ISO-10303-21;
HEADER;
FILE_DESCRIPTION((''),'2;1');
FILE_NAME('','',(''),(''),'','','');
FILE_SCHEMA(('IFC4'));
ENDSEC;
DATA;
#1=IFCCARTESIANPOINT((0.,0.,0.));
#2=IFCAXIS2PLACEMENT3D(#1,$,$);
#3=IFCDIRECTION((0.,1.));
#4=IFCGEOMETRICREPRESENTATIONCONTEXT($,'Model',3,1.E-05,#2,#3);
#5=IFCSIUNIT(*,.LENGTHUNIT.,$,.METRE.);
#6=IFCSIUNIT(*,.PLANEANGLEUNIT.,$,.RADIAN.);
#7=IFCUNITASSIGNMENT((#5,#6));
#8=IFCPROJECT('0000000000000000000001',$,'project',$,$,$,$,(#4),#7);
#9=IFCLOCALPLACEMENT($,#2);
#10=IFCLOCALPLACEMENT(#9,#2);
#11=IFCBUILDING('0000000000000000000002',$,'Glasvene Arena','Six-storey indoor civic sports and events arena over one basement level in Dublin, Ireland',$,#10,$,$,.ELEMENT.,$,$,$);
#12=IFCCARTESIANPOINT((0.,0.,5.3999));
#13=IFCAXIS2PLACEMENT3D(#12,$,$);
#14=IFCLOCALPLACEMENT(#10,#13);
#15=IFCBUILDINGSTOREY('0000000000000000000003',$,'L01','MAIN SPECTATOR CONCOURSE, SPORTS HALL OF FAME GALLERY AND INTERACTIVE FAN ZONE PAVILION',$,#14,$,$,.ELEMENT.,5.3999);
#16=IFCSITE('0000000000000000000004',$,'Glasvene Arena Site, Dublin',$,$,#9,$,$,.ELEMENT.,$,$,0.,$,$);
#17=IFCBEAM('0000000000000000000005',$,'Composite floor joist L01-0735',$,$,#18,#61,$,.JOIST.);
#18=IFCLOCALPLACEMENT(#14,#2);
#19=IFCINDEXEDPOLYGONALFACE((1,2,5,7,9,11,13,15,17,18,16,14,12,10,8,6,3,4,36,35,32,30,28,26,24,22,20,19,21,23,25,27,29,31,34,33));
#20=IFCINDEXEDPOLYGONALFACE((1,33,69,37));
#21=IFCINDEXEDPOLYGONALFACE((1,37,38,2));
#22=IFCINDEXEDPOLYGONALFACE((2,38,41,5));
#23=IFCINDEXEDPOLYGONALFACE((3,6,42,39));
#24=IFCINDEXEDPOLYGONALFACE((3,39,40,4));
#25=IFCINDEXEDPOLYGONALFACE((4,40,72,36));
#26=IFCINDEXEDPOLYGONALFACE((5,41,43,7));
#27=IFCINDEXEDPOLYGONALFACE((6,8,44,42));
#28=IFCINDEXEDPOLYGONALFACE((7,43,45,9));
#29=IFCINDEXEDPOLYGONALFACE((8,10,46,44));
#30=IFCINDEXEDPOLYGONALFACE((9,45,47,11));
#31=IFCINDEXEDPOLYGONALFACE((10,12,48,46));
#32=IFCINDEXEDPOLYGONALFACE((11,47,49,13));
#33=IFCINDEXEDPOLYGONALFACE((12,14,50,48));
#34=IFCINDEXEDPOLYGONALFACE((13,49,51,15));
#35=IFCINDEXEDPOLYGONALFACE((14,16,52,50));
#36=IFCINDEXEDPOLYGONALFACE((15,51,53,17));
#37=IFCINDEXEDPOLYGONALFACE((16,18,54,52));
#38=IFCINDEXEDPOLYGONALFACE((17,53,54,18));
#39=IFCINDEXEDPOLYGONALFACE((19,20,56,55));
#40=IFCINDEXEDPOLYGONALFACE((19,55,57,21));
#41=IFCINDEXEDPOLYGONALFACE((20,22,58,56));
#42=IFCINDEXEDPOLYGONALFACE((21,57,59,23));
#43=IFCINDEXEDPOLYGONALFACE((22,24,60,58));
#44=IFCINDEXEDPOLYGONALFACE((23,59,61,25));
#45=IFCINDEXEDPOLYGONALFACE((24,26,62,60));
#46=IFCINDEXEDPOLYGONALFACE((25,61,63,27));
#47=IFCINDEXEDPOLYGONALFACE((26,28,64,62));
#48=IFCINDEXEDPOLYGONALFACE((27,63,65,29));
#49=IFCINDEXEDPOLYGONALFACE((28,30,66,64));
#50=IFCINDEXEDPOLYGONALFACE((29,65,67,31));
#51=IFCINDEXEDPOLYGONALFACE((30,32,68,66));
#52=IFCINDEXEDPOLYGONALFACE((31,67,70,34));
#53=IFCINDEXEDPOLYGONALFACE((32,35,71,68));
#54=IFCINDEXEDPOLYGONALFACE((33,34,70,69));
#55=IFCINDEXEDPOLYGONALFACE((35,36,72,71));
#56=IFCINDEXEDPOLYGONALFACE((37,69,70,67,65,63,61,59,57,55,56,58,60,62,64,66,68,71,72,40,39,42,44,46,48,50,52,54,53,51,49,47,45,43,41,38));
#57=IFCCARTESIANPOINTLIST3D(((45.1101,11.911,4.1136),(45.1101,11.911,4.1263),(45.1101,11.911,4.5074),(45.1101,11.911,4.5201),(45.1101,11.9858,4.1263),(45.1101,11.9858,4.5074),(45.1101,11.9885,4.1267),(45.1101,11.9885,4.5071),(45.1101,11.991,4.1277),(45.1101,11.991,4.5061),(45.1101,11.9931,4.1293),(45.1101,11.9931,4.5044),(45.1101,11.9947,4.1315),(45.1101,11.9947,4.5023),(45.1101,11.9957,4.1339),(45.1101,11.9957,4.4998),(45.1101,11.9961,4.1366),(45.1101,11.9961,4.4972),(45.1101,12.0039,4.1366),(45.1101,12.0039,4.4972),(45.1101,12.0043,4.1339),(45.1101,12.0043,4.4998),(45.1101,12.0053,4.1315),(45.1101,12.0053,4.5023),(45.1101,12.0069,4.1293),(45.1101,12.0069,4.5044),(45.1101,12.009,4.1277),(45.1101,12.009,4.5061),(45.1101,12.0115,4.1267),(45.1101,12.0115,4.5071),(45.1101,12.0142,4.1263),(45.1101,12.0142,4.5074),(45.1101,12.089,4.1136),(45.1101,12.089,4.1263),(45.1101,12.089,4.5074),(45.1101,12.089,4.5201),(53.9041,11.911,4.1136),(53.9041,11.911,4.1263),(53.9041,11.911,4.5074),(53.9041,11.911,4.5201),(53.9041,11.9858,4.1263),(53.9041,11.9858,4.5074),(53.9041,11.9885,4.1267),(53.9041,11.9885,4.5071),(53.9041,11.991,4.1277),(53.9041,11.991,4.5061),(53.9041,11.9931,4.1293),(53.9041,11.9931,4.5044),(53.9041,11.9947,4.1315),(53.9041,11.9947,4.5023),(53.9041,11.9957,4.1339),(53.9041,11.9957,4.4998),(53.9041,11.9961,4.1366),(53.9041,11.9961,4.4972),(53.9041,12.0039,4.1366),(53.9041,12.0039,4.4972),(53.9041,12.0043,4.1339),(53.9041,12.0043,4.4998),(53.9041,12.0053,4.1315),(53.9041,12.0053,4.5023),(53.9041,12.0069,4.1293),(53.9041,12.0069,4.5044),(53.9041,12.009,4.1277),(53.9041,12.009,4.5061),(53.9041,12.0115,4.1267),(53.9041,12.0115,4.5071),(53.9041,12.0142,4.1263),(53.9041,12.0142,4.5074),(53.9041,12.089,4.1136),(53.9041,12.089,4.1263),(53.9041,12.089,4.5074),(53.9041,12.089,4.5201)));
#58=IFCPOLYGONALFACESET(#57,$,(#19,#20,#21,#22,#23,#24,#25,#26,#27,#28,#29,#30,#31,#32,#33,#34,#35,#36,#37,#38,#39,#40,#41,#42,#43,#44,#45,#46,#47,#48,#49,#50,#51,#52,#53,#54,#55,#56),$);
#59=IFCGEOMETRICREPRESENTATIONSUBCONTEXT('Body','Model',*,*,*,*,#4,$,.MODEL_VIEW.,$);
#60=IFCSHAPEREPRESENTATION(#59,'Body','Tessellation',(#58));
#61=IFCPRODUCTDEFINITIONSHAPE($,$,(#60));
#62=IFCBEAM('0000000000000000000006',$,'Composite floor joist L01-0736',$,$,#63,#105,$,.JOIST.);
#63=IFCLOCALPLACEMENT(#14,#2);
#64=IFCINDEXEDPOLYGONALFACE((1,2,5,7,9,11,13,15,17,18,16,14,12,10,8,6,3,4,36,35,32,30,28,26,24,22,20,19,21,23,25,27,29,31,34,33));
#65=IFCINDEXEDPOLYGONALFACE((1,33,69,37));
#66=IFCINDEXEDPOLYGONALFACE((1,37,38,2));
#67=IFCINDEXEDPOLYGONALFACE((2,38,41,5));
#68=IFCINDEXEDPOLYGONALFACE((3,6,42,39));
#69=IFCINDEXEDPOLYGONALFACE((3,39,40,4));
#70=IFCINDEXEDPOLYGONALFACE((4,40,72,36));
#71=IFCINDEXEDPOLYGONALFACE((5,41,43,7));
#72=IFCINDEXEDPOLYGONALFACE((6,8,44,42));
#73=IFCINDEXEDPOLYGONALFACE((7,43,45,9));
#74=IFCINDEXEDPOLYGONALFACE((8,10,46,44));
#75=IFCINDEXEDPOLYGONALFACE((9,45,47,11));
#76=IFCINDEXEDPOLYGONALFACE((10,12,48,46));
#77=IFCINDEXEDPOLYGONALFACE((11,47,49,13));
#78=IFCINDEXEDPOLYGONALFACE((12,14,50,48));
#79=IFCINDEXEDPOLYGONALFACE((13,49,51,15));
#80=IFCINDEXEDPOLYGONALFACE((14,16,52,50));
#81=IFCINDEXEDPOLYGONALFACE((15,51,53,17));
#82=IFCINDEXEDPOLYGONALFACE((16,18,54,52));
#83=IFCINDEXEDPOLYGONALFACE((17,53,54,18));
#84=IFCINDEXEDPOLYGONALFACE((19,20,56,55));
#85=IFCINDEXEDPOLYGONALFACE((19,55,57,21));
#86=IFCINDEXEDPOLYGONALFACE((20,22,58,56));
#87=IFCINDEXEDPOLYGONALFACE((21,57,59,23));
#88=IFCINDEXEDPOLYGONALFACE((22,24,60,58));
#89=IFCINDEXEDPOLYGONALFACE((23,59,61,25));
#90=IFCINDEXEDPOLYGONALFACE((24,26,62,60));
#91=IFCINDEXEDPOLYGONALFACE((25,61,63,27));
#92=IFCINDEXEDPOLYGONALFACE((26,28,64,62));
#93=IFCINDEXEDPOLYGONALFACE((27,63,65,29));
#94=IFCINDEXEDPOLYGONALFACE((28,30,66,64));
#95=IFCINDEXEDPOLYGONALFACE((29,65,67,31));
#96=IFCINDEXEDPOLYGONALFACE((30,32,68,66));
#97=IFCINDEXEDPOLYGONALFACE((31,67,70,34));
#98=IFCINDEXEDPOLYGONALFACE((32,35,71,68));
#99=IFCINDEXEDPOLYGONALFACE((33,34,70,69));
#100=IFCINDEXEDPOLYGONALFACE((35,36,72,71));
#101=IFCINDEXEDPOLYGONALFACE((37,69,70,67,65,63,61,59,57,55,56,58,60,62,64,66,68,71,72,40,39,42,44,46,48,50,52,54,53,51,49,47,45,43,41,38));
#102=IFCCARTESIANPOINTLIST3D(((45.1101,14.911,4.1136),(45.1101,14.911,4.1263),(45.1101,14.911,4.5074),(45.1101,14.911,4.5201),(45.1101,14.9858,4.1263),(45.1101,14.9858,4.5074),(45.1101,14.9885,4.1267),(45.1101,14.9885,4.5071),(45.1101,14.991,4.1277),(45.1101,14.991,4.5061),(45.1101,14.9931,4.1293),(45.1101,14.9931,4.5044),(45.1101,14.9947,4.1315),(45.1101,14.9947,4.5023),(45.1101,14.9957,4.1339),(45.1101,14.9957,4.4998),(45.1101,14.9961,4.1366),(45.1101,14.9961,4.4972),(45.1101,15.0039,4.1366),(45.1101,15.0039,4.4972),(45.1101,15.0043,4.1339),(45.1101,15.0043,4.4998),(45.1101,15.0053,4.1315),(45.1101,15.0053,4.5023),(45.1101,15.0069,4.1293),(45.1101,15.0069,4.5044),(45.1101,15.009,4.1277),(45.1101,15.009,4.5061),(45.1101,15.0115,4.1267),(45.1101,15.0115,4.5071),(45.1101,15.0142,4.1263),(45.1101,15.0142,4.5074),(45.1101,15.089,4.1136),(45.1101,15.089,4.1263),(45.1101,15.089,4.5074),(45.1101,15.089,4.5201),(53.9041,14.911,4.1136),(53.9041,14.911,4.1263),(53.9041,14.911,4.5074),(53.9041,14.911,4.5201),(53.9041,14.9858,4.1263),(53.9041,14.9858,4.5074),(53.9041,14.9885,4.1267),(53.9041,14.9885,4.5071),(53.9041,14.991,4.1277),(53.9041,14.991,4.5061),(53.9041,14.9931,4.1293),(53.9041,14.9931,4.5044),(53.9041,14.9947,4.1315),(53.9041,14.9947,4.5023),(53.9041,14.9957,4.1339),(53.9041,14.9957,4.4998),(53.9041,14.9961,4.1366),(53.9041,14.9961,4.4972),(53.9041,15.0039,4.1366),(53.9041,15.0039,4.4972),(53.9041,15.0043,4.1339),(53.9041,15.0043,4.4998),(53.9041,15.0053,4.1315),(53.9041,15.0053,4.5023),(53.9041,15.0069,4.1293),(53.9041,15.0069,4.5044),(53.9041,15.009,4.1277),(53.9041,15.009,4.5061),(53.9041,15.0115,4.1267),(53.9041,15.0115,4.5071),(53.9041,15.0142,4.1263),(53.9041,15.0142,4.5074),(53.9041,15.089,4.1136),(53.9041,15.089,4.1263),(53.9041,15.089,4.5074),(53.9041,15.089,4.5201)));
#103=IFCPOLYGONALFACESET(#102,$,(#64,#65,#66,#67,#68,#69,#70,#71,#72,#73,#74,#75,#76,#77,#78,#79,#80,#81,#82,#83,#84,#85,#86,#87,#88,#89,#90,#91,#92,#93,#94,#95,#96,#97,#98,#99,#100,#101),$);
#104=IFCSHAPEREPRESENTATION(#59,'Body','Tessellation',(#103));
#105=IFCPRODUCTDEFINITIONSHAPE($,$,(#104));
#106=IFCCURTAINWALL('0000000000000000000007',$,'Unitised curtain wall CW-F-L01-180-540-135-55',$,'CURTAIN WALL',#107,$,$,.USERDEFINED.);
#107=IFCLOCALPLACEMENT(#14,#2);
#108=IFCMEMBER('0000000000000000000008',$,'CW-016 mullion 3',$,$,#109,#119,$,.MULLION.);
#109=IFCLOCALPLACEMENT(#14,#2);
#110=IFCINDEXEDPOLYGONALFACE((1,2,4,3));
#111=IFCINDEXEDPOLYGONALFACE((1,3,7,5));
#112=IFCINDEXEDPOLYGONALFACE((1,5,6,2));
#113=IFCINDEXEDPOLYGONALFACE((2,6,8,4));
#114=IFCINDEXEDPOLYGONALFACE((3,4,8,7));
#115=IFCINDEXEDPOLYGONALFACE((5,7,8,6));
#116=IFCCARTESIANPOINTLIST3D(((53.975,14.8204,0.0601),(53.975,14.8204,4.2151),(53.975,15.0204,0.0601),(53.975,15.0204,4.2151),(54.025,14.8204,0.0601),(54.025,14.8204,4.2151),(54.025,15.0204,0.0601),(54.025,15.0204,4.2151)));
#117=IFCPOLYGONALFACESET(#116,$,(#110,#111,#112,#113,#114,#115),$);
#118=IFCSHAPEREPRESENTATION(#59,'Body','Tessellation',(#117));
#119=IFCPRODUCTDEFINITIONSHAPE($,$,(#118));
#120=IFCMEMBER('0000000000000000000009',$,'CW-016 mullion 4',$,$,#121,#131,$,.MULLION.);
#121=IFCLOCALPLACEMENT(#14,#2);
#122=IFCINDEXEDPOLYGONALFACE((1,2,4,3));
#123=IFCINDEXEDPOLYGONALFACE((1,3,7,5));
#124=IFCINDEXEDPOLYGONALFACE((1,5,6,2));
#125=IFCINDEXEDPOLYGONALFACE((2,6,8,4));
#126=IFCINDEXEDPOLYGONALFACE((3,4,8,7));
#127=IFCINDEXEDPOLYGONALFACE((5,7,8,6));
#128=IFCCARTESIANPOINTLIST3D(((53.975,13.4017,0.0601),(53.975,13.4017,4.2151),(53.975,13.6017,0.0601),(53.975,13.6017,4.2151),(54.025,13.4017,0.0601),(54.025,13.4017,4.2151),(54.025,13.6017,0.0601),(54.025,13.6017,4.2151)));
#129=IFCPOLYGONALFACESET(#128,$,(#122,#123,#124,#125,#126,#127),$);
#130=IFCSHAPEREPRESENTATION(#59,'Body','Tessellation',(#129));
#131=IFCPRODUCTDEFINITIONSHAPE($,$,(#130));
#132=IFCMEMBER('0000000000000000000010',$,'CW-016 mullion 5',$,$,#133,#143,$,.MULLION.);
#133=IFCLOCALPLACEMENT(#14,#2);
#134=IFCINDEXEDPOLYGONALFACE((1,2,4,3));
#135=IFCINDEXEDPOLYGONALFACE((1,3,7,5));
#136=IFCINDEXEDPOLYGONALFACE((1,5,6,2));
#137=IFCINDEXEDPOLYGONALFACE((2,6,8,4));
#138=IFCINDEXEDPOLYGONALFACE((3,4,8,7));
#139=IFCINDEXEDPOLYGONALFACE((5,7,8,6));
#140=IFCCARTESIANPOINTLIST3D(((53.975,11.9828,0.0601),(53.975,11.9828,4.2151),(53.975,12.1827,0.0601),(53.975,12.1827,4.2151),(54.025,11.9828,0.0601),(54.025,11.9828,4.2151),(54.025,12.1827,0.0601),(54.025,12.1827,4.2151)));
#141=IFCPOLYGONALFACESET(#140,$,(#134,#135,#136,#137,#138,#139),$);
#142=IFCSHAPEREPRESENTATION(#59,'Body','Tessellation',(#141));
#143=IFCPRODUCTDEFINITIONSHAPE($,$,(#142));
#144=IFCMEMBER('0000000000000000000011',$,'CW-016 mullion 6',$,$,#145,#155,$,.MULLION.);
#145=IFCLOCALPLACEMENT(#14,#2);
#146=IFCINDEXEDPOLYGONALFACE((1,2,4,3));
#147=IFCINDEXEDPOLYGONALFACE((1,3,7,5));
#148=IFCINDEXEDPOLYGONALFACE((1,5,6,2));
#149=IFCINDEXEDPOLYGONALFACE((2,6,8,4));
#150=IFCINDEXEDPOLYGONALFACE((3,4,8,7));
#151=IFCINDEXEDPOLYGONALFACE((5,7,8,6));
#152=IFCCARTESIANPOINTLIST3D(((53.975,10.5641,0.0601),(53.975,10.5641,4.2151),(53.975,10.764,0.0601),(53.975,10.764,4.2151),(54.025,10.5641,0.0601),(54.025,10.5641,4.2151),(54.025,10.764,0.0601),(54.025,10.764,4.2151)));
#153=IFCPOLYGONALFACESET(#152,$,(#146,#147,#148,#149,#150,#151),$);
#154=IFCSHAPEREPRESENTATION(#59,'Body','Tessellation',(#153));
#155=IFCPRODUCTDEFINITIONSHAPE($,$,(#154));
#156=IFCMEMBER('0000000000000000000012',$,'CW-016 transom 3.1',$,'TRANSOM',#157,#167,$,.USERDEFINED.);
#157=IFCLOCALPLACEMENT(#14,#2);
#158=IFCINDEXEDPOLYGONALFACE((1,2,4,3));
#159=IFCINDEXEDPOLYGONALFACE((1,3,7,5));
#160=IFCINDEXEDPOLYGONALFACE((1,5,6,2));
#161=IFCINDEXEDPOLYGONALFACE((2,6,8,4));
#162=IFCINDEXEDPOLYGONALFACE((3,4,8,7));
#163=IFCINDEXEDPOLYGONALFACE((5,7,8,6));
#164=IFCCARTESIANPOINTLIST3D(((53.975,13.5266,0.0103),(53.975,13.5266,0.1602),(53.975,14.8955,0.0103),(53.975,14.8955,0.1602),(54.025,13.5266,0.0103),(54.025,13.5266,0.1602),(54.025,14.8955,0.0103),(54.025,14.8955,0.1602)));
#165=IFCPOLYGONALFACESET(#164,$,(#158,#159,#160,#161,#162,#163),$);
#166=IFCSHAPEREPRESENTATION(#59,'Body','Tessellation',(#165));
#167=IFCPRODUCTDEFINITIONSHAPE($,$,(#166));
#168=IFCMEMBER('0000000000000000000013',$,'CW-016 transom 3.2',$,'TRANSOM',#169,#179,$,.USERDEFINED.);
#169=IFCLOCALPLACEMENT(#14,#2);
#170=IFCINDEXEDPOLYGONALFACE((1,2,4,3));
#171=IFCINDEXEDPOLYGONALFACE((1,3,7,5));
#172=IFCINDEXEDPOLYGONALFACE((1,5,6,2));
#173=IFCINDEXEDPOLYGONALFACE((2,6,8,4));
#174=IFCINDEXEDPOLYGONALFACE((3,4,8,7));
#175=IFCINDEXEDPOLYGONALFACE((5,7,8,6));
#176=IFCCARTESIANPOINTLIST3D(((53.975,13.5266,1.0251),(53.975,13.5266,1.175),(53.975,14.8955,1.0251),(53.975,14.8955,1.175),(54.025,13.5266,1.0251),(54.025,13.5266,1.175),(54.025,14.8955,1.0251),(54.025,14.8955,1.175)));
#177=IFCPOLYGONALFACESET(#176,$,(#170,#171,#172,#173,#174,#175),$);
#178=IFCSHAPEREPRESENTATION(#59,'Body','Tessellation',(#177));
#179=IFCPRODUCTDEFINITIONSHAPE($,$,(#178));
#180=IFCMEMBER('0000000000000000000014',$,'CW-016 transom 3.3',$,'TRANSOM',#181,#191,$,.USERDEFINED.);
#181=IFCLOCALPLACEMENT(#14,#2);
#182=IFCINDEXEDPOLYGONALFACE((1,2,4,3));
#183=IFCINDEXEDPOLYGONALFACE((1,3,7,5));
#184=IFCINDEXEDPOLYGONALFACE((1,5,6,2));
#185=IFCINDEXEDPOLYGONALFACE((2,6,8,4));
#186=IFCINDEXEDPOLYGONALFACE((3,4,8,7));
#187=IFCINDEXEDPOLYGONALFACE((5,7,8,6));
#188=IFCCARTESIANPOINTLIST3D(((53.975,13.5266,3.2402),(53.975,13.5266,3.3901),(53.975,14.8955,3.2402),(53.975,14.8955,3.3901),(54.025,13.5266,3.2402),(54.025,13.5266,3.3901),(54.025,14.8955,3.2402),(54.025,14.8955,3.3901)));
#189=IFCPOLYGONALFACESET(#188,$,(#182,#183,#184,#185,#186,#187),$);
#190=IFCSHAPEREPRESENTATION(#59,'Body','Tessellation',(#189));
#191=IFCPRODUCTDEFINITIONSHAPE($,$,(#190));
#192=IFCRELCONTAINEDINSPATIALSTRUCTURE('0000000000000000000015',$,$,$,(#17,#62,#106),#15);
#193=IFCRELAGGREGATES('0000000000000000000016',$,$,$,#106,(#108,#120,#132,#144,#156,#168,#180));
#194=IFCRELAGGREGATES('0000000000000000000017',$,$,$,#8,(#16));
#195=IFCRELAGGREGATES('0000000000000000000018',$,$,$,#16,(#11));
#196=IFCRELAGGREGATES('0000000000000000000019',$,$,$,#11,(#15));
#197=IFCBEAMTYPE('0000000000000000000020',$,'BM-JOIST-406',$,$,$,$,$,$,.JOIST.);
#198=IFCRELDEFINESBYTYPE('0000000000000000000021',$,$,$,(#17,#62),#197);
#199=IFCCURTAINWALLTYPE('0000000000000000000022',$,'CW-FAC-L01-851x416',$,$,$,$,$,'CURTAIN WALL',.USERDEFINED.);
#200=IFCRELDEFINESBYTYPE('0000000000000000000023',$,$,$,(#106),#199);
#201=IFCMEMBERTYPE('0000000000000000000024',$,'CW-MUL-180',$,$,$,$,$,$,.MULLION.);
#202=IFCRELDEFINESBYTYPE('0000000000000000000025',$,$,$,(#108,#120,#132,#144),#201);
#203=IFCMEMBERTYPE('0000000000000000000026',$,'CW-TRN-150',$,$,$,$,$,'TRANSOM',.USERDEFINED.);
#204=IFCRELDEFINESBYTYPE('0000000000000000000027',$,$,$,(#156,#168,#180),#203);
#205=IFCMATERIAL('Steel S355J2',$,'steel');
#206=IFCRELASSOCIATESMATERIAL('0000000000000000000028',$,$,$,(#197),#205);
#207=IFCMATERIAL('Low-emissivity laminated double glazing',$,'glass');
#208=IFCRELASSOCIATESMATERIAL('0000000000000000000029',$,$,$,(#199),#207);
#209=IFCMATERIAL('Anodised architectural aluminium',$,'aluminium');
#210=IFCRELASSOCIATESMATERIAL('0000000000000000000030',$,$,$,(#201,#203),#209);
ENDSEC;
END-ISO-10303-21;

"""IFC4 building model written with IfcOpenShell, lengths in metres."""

from ifc_helpers import new_model, si_unit, direction, frame, origin, origin_2d, place, context, subcontext, project, spatial, rectangle, i_section, extrude, material, material_profile, profile_set, type_object, element, aggregate, save


model = new_model("IFC4")

# Units and contexts
model_context = context("Model", 3, precision=1e-05, world=origin(), true_north=direction((0.0, 1.0)))
body_context = subcontext(model_context, "Body", "Model", "MODEL_VIEW")
ifc_project = project(units=[si_unit("LENGTHUNIT", "METRE"), si_unit("PLANEANGLEUNIT", "RADIAN")], contexts=[model_context])

# Site, building, storey
site_placement = place(None, origin())
site = spatial("IfcSite", under=ifc_project, at=site_placement, Name="Glasvene Arena Site, Dublin", CompositionType="ELEMENT", RefElevation=0.0)
building_placement = place(site_placement, origin())
building = spatial("IfcBuilding", under=site, at=building_placement, Name="Glasvene Arena", Description="Six-storey indoor civic sports and events arena over one basement level in Dublin, Ireland", CompositionType="ELEMENT")
storey_placement = place(building_placement, frame((0.0, 0.0, 5.3999)))
storey = spatial("IfcBuildingStorey", under=building, at=storey_placement, Name="L01", Description="MAIN SPECTATOR CONCOURSE, SPORTS HALL OF FAME GALLERY AND INTERACTIVE FAN ZONE PAVILION", CompositionType="ELEMENT", Elevation=5.3999)

# Beams
ifc_material_1 = material(Name="Steel S355J2", Category="steel")
ifc_material_profile_1 = material_profile(ifc_material_1, i_section(OverallWidth=0.178, OverallDepth=0.4065, WebThickness=0.0078, FlangeThickness=0.0127, FilletRadius=0.0103, at=origin_2d()), Name="UKB 406x178x60")
ifc_profile_set_1 = profile_set([ifc_material_profile_1], Name="Steel S355J2")
beam_type = type_object("IfcBeamType", Name="BM-JOIST-406", PredefinedType="JOIST", material=ifc_profile_set_1)
for number, where, z_axis, x_axis, name in (
    (1, (45.1101, 12.0, 4.3169), (1.0, 0.0, 0.0), (0.0, 1.0, 0.0), "Composite floor joist L01-0735"),
    (2, (45.1101, 15.0, 4.3169), (1.0, 0.0, 0.0), (0.0, 1.0, 0.0), "Composite floor joist L01-0736"),
):
    element("IfcBeam", number, at=place(storey_placement, frame(where, z_axis=z_axis, x_axis=x_axis)), inside=storey, type_object=beam_type, Name=name, PredefinedType="JOIST", context=body_context, shape_type="SweptSolid", body=[
        extrude(i_section(OverallWidth=0.178, OverallDepth=0.4065, WebThickness=0.0078, FlangeThickness=0.0127, FilletRadius=0.0103, at=origin_2d()), origin(), (0.0, 0.0, 1.0), 8.7939),
    ])

# Curtain wall, members
ifc_material_2 = material(Name="Low-emissivity laminated double glazing", Category="glass")
curtain_wall_type = type_object("IfcCurtainWallType", Name="CW-FAC-L01-851x416", ElementType="CURTAIN WALL", PredefinedType="USERDEFINED", material=ifc_material_2)
curtain_wall_placement = place(storey_placement, frame((54.0, 17.7581, 0.0)))
curtain_wall = element("IfcCurtainWall", 3, at=curtain_wall_placement, inside=storey, type_object=curtain_wall_type, Name="Unitised curtain wall CW-F-L01-180-540-135-55", ObjectType="CURTAIN WALL", PredefinedType="USERDEFINED")
ifc_material_3 = material(Name="Anodised architectural aluminium", Category="aluminium")
ifc_material_profile_2 = material_profile(ifc_material_3, rectangle(XDim=0.05, YDim=0.2, at=origin_2d()), Name="ALU MULLION 50x200")
ifc_profile_set_2 = profile_set([ifc_material_profile_2], Name="Anodised architectural aluminium")
member_type_1 = type_object("IfcMemberType", Name="CW-MUL-180", PredefinedType="MULLION", material=ifc_profile_set_2)
member_1_placement = place(storey_placement, frame((54.0, 14.9204, 0.0601), z_axis=(0.0, 0.0, 1.0), x_axis=(1.0, 0.0, 0.0)))
member_1 = element("IfcMember", 4, at=member_1_placement, type_object=member_type_1, Name="CW-016 mullion 3", PredefinedType="MULLION", context=body_context, shape_type="SweptSolid", body=[
    extrude(rectangle(XDim=0.05, YDim=0.2, at=origin_2d()), origin(), (0.0, 0.0, 1.0), 4.155),
])
member_2_placement = place(storey_placement, frame((54.0, 13.5017, 0.0601), z_axis=(0.0, 0.0, 1.0), x_axis=(1.0, 0.0, 0.0)))
member_2 = element("IfcMember", 5, at=member_2_placement, type_object=member_type_1, Name="CW-016 mullion 4", PredefinedType="MULLION", context=body_context, shape_type="SweptSolid", body=[
    extrude(rectangle(XDim=0.05, YDim=0.2, at=origin_2d()), origin(), (0.0, 0.0, 1.0), 4.155),
])
member_3_placement = place(storey_placement, frame((54.0, 12.0828, 0.0601), z_axis=(0.0, 0.0, 1.0), x_axis=(1.0, 0.0, 0.0)))
member_3 = element("IfcMember", 6, at=member_3_placement, type_object=member_type_1, Name="CW-016 mullion 5", PredefinedType="MULLION", context=body_context, shape_type="SweptSolid", body=[
    extrude(rectangle(XDim=0.05, YDim=0.2, at=origin_2d()), origin(), (0.0, 0.0, 1.0), 4.155),
])
member_4_placement = place(storey_placement, frame((54.0, 10.6641, 0.0601), z_axis=(0.0, 0.0, 1.0), x_axis=(1.0, 0.0, 0.0)))
member_4 = element("IfcMember", 7, at=member_4_placement, type_object=member_type_1, Name="CW-016 mullion 6", PredefinedType="MULLION", context=body_context, shape_type="SweptSolid", body=[
    extrude(rectangle(XDim=0.05, YDim=0.2, at=origin_2d()), origin(), (0.0, 0.0, 1.0), 4.155),
])
ifc_material_profile_3 = material_profile(ifc_material_3, rectangle(XDim=0.05, YDim=0.1499, at=origin_2d()), Name="ALU TRANSOM 50x150")
ifc_profile_set_3 = profile_set([ifc_material_profile_3], Name="Anodised architectural aluminium")
member_type_2 = type_object("IfcMemberType", Name="CW-TRN-150", ElementType="TRANSOM", PredefinedType="USERDEFINED", material=ifc_profile_set_3)
member_5_placement = place(storey_placement, frame((54.0, 14.8955, 0.0852), z_axis=(0.0, -1.0, 0.0), x_axis=(1.0, 0.0, 0.0)))
member_5 = element("IfcMember", 8, at=member_5_placement, type_object=member_type_2, Name="CW-016 transom 3.1", ObjectType="TRANSOM", PredefinedType="USERDEFINED", context=body_context, shape_type="SweptSolid", body=[
    extrude(rectangle(XDim=0.05, YDim=0.1499, at=origin_2d()), origin(), (0.0, 0.0, 1.0), 1.3689),
])
member_6_placement = place(storey_placement, frame((54.0, 14.8955, 1.1001), z_axis=(0.0, -1.0, 0.0), x_axis=(1.0, 0.0, 0.0)))
member_6 = element("IfcMember", 9, at=member_6_placement, type_object=member_type_2, Name="CW-016 transom 3.2", ObjectType="TRANSOM", PredefinedType="USERDEFINED", context=body_context, shape_type="SweptSolid", body=[
    extrude(rectangle(XDim=0.05, YDim=0.1499, at=origin_2d()), origin(), (0.0, 0.0, 1.0), 1.3689),
])
member_7_placement = place(storey_placement, frame((54.0, 14.8955, 3.3152), z_axis=(0.0, -1.0, 0.0), x_axis=(1.0, 0.0, 0.0)))
member_7 = element("IfcMember", 10, at=member_7_placement, type_object=member_type_2, Name="CW-016 transom 3.3", ObjectType="TRANSOM", PredefinedType="USERDEFINED", context=body_context, shape_type="SweptSolid", body=[
    extrude(rectangle(XDim=0.05, YDim=0.1499, at=origin_2d()), origin(), (0.0, 0.0, 1.0), 1.3689),
])
aggregate(curtain_wall, [member_1, member_2, member_3, member_4, member_5, member_6, member_7])

save(model, "model.ifc")
